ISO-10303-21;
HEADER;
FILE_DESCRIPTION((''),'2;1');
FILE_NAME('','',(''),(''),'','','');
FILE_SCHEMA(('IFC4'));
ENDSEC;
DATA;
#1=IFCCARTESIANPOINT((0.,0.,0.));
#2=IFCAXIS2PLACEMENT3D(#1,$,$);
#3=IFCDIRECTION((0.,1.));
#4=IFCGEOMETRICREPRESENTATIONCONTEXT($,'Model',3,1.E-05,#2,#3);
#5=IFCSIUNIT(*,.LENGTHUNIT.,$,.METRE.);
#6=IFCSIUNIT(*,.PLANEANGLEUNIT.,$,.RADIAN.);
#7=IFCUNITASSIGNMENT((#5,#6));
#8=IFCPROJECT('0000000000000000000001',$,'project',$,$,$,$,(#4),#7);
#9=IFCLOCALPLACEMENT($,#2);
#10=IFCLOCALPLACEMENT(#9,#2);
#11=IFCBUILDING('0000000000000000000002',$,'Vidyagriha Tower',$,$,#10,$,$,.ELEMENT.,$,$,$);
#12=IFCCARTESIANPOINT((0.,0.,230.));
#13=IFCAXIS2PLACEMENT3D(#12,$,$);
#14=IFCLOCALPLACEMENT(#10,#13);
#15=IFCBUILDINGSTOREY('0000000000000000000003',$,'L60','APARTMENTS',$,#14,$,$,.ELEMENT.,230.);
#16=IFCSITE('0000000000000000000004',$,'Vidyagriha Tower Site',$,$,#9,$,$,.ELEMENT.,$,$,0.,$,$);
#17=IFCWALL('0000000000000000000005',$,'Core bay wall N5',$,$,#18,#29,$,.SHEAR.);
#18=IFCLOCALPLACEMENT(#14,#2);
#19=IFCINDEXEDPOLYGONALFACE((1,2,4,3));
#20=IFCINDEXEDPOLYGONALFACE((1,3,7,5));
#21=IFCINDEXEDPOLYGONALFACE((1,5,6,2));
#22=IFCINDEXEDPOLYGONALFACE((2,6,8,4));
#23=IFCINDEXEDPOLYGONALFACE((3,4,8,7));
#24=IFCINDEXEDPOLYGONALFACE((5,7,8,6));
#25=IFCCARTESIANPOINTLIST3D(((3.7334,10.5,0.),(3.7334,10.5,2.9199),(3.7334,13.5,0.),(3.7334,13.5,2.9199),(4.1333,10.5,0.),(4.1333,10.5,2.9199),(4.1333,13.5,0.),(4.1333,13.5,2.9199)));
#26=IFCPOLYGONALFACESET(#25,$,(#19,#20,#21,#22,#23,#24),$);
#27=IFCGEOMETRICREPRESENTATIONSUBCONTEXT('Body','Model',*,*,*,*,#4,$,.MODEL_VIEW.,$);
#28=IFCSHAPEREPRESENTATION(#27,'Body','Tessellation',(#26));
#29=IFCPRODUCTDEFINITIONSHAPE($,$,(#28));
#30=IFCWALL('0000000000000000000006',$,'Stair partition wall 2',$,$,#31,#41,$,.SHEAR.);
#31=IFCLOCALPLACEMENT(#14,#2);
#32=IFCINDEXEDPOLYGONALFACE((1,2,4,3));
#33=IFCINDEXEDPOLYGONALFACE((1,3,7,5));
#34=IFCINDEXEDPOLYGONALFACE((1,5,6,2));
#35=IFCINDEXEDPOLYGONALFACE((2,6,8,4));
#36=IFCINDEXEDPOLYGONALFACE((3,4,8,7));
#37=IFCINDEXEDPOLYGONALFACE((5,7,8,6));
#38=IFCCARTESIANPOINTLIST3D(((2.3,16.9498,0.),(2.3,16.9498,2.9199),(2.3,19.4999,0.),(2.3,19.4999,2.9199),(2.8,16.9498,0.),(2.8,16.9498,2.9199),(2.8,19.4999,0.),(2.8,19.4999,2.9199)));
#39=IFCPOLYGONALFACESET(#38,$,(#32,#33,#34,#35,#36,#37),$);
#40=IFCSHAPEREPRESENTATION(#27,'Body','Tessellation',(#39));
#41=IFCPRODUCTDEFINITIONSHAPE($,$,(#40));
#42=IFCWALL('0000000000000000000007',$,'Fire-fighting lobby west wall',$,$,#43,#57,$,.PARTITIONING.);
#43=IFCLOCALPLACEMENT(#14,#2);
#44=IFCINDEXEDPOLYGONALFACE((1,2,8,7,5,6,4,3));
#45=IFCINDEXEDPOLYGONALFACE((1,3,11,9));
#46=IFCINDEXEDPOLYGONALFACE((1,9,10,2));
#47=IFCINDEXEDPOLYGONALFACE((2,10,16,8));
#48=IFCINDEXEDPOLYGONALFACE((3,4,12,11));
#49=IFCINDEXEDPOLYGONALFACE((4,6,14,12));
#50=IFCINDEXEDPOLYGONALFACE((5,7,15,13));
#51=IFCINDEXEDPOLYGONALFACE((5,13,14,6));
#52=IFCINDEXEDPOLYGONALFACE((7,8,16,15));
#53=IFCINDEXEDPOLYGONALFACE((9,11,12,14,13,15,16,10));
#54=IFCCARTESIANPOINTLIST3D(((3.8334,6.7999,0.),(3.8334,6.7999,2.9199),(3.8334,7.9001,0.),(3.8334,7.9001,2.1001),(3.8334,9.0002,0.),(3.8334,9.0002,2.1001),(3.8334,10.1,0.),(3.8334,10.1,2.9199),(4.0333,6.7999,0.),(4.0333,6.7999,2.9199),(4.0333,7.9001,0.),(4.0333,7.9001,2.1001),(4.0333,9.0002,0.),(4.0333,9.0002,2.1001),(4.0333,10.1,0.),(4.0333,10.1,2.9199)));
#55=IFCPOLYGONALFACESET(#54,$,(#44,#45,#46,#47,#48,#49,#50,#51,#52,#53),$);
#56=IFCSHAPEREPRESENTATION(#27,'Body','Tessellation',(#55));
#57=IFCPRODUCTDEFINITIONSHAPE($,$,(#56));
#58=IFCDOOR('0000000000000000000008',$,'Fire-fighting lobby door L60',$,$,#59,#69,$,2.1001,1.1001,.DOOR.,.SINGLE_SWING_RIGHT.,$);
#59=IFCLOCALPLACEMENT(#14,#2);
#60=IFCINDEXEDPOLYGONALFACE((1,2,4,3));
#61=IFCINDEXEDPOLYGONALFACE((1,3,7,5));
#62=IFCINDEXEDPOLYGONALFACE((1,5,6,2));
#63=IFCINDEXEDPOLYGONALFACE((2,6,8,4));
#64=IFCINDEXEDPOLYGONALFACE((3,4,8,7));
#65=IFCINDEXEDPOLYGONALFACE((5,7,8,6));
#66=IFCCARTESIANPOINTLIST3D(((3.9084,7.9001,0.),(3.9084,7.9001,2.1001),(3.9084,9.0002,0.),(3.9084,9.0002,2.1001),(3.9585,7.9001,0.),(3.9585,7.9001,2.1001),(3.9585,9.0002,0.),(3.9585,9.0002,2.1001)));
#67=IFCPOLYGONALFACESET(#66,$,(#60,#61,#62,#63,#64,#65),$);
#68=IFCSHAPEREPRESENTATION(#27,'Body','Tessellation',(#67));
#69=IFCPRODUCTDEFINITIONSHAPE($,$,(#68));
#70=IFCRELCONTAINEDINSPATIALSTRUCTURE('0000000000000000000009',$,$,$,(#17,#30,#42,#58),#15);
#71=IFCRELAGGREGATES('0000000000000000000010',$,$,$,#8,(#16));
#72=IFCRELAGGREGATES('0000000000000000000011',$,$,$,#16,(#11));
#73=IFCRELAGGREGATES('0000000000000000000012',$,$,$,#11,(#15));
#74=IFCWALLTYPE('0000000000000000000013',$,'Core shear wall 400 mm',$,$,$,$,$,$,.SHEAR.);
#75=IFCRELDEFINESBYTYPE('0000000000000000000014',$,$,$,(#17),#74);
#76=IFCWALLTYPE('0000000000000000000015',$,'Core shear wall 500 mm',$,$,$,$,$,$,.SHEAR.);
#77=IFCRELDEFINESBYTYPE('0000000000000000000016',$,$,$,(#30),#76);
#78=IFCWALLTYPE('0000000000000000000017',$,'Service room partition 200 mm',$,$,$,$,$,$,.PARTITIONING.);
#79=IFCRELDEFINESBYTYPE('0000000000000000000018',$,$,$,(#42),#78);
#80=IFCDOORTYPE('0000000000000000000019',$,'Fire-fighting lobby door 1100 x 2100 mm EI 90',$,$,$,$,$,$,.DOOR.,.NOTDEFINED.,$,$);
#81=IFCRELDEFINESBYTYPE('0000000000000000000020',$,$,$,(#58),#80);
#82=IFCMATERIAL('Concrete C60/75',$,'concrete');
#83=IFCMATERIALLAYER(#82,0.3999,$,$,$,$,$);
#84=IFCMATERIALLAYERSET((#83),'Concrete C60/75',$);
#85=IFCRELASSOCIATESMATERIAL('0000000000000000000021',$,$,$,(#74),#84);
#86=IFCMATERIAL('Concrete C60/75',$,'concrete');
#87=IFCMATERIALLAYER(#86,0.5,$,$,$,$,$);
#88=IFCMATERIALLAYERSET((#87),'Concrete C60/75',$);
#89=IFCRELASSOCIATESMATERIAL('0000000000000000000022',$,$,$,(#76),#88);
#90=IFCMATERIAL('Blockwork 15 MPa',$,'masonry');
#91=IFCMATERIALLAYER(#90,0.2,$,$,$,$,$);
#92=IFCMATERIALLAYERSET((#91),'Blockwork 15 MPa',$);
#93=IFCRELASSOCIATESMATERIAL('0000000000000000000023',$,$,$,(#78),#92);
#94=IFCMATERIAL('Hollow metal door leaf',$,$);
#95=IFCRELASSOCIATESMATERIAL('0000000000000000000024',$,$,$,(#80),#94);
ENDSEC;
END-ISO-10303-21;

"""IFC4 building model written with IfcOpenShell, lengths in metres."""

from ifc_helpers import new_model, si_unit, direction, frame, frame_2d, origin, place, context, subcontext, project, spatial, rectangle, extrude, material, layer, layer_set, type_object, element, fill, save


model = new_model("IFC4")

# Units and contexts
model_context = context("Model", 3, precision=1e-05, world=origin(), true_north=direction((0.0, 1.0)))
body_context = subcontext(model_context, "Body", "Model", "MODEL_VIEW")
ifc_project = project(units=[si_unit("LENGTHUNIT", "METRE"), si_unit("PLANEANGLEUNIT", "RADIAN")], contexts=[model_context])

# Site, building, storey
site_placement = place(None, origin())
site = spatial("IfcSite", under=ifc_project, at=site_placement, Name="Vidyagriha Tower Site", CompositionType="ELEMENT", RefElevation=0.0)
building_placement = place(site_placement, origin())
building = spatial("IfcBuilding", under=site, at=building_placement, Name="Vidyagriha Tower", CompositionType="ELEMENT")
storey_placement = place(building_placement, frame((0.0, 0.0, 230.0)))
storey = spatial("IfcBuildingStorey", under=building, at=storey_placement, Name="L60", Description="APARTMENTS", CompositionType="ELEMENT", Elevation=230.0)

# Shared definitions
ifc_material_1 = material(Name="Concrete C60/75", Category="concrete")
ifc_layer_1 = layer(ifc_material_1, 0.3999)
ifc_layer_set_1 = layer_set([ifc_layer_1], Name="Concrete C60/75")
wall_type_1 = type_object("IfcWallType", Name="Core shear wall 400 mm", PredefinedType="SHEAR", material=ifc_layer_set_1)

# Walls
for number, where, z_axis, x_axis, name in (
    (1, (3.9333, 10.5, 0.0), (0.0, 0.0, 1.0), (0.0, 1.0, 0.0), "Core bay wall N5"),
):
    element("IfcWall", number, at=place(storey_placement, frame(where, z_axis=z_axis, x_axis=x_axis)), inside=storey, type_object=wall_type_1, Name=name, PredefinedType="SHEAR", context=body_context, shape_type="SweptSolid", body=[
        extrude(rectangle(XDim=3.0, YDim=0.3999, at=frame_2d((1.5, 0.0))), origin(), (0.0, 0.0, 1.0), 2.9199),
    ])
ifc_material_2 = material(Name="Concrete C60/75", Category="concrete")
ifc_layer_2 = layer(ifc_material_2, 0.5)
ifc_layer_set_2 = layer_set([ifc_layer_2], Name="Concrete C60/75")
wall_type_2 = type_object("IfcWallType", Name="Core shear wall 500 mm", PredefinedType="SHEAR", material=ifc_layer_set_2)
wall_1_placement = place(storey_placement, frame((2.55, 16.95, 0.0), z_axis=(0.0, 0.0, 1.0), x_axis=(0.0, 1.0, 0.0)))
element("IfcWall", 2, at=wall_1_placement, inside=storey, type_object=wall_type_2, Name="Stair partition wall 2", PredefinedType="SHEAR", context=body_context, shape_type="SweptSolid", body=[
    extrude(rectangle(XDim=2.55, YDim=0.5, at=frame_2d((1.2749, 0.0))), origin(), (0.0, 0.0, 1.0), 2.9199),
])

# Wall, opening, door
ifc_material_3 = material(Name="Blockwork 15 MPa", Category="masonry")
ifc_layer_3 = layer(ifc_material_3, 0.2)
ifc_layer_set_3 = layer_set([ifc_layer_3], Name="Blockwork 15 MPa")
wall_type_3 = type_object("IfcWallType", Name="Service room partition 200 mm", PredefinedType="PARTITIONING", material=ifc_layer_set_3)
wall_2_placement = place(storey_placement, frame((3.9333, 6.8, 0.0), z_axis=(0.0, 0.0, 1.0), x_axis=(0.0, 1.0, 0.0)))
wall_2 = element("IfcWall", 3, at=wall_2_placement, inside=storey, type_object=wall_type_3, Name="Fire-fighting lobby west wall", PredefinedType="PARTITIONING", context=body_context, shape_type="SweptSolid", body=[
    extrude(rectangle(XDim=3.3, YDim=0.2, at=frame_2d((1.6499, 0.0))), origin(), (0.0, 0.0, 1.0), 2.9199),
])
opening_1_placement = place(wall_2_placement, frame((1.1001, 0.0, 0.0)))
opening_1 = element("IfcOpeningElement", 4, at=opening_1_placement, cuts=wall_2, PredefinedType="OPENING", context=body_context, shape_type="SweptSolid", body=[
    extrude(rectangle(XDim=1.1001, YDim=2.1001, at=frame_2d((0.55, 1.05))), frame((0.0, 0.1099, 0.0), z_axis=(0.0, -1.0, 0.0), x_axis=(1.0, 0.0, 0.0)), (0.0, 0.0, 1.0), 0.22),
])
ifc_material_4 = material(Name="Hollow metal door leaf")
door_type_1 = type_object("IfcDoorType", Name="Fire-fighting lobby door 1100 x 2100 mm EI 90", OperationType="NOTDEFINED", PredefinedType="DOOR", material=ifc_material_4)
door_1_placement = place(opening_1_placement, origin())
door_1 = element("IfcDoor", 5, at=door_1_placement, inside=storey, type_object=door_type_1, Name="Fire-fighting lobby door L60", OperationType="SINGLE_SWING_RIGHT", OverallHeight=2.1001, OverallWidth=1.1001, PredefinedType="DOOR", context=body_context, shape_type="SweptSolid", body=[
    extrude(rectangle(XDim=1.1001, YDim=2.1001, at=frame_2d((0.55, 1.05))), frame((0.0, 0.0249, 0.0), z_axis=(0.0, -1.0, 0.0), x_axis=(1.0, 0.0, 0.0)), (0.0, 0.0, 1.0), 0.05),
])
fill(opening_1, door_1)

save(model, "model.ifc")
